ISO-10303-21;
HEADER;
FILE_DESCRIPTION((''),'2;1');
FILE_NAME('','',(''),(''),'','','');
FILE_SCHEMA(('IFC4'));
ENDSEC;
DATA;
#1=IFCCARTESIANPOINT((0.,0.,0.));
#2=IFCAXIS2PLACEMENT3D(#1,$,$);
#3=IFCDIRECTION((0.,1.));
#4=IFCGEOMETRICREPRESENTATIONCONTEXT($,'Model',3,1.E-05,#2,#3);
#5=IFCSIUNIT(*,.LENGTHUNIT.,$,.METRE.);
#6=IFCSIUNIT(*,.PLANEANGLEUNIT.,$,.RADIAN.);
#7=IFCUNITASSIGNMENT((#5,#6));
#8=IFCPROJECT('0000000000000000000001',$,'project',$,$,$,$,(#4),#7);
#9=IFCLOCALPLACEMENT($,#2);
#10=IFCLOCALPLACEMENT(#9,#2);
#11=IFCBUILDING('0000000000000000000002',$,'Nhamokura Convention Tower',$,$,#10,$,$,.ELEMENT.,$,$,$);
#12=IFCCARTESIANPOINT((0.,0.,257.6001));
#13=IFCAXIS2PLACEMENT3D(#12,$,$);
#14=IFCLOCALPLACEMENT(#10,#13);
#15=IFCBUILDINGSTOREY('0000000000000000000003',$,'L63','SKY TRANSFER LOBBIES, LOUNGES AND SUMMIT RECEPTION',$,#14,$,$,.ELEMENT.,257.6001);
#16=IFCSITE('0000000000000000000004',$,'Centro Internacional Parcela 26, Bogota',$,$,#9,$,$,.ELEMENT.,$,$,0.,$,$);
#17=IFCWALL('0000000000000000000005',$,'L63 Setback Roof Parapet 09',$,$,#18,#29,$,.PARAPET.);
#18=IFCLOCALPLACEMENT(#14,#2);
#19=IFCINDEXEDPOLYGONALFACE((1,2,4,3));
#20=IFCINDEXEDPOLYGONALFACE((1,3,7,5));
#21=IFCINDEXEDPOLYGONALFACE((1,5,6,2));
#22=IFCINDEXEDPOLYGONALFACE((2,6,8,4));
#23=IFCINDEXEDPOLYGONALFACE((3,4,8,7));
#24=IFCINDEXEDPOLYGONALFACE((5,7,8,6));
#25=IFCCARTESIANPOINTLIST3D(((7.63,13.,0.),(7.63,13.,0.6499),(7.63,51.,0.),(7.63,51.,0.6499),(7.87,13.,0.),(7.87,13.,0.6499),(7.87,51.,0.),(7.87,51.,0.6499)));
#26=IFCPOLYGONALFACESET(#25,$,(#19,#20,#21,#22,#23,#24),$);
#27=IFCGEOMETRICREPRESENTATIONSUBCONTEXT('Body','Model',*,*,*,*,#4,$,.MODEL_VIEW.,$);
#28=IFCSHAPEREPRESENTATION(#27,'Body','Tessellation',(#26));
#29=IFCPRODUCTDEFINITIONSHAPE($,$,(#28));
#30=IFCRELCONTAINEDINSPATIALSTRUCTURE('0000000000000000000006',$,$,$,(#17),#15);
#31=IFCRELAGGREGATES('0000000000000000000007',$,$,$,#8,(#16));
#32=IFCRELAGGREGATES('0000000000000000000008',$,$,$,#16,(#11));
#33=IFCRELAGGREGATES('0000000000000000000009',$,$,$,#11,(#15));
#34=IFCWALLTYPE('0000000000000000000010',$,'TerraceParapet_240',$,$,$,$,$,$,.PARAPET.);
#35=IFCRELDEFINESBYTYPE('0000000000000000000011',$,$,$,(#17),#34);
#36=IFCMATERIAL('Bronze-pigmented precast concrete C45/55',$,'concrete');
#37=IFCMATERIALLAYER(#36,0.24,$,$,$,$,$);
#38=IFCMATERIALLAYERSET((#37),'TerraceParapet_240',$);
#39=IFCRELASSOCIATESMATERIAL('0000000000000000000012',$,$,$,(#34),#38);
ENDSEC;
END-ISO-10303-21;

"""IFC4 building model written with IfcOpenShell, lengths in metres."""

from ifc_helpers import new_model, si_unit, direction, frame, frame_2d, origin, place, context, subcontext, project, spatial, rectangle, extrude, material, layer, layer_set, type_object, element, save


model = new_model("IFC4")

# Units and contexts
model_context = context("Model", 3, precision=1e-05, world=origin(), true_north=direction((0.0, 1.0)))
body_context = subcontext(model_context, "Body", "Model", "MODEL_VIEW")
ifc_project = project(units=[si_unit("LENGTHUNIT", "METRE"), si_unit("PLANEANGLEUNIT", "RADIAN")], contexts=[model_context])

# Site, building, storey
site_placement = place(None, origin())
site = spatial("IfcSite", under=ifc_project, at=site_placement, Name="Centro Internacional Parcela 26, Bogota", CompositionType="ELEMENT", RefElevation=0.0)
building_placement = place(site_placement, origin())
building = spatial("IfcBuilding", under=site, at=building_placement, Name="Nhamokura Convention Tower", CompositionType="ELEMENT")
storey_placement = place(building_placement, frame((0.0, 0.0, 257.6001)))
storey = spatial("IfcBuildingStorey", under=building, at=storey_placement, Name="L63", Description="SKY TRANSFER LOBBIES, LOUNGES AND SUMMIT RECEPTION", CompositionType="ELEMENT", Elevation=257.6001)

# Wall
ifc_material_1 = material(Name="Bronze-pigmented precast concrete C45/55", Category="concrete")
ifc_layer_1 = layer(ifc_material_1, 0.24)
ifc_layer_set_1 = layer_set([ifc_layer_1], Name="TerraceParapet_240")
wall_type_1 = type_object("IfcWallType", Name="TerraceParapet_240", PredefinedType="PARAPET", material=ifc_layer_set_1)
wall_1_placement = place(storey_placement, frame((7.75, 51.0, 0.0), z_axis=(0.0, 0.0, 1.0), x_axis=(0.0, -1.0, 0.0)))
element("IfcWall", 1, at=wall_1_placement, inside=storey, type_object=wall_type_1, Name="L63 Setback Roof Parapet 09", PredefinedType="PARAPET", context=body_context, shape_type="SweptSolid", body=[
    extrude(rectangle(XDim=38.0, YDim=0.24, at=frame_2d((19.0, 0.0))), origin(), (0.0, 0.0, 1.0), 0.6499),
])

save(model, "model.ifc")
